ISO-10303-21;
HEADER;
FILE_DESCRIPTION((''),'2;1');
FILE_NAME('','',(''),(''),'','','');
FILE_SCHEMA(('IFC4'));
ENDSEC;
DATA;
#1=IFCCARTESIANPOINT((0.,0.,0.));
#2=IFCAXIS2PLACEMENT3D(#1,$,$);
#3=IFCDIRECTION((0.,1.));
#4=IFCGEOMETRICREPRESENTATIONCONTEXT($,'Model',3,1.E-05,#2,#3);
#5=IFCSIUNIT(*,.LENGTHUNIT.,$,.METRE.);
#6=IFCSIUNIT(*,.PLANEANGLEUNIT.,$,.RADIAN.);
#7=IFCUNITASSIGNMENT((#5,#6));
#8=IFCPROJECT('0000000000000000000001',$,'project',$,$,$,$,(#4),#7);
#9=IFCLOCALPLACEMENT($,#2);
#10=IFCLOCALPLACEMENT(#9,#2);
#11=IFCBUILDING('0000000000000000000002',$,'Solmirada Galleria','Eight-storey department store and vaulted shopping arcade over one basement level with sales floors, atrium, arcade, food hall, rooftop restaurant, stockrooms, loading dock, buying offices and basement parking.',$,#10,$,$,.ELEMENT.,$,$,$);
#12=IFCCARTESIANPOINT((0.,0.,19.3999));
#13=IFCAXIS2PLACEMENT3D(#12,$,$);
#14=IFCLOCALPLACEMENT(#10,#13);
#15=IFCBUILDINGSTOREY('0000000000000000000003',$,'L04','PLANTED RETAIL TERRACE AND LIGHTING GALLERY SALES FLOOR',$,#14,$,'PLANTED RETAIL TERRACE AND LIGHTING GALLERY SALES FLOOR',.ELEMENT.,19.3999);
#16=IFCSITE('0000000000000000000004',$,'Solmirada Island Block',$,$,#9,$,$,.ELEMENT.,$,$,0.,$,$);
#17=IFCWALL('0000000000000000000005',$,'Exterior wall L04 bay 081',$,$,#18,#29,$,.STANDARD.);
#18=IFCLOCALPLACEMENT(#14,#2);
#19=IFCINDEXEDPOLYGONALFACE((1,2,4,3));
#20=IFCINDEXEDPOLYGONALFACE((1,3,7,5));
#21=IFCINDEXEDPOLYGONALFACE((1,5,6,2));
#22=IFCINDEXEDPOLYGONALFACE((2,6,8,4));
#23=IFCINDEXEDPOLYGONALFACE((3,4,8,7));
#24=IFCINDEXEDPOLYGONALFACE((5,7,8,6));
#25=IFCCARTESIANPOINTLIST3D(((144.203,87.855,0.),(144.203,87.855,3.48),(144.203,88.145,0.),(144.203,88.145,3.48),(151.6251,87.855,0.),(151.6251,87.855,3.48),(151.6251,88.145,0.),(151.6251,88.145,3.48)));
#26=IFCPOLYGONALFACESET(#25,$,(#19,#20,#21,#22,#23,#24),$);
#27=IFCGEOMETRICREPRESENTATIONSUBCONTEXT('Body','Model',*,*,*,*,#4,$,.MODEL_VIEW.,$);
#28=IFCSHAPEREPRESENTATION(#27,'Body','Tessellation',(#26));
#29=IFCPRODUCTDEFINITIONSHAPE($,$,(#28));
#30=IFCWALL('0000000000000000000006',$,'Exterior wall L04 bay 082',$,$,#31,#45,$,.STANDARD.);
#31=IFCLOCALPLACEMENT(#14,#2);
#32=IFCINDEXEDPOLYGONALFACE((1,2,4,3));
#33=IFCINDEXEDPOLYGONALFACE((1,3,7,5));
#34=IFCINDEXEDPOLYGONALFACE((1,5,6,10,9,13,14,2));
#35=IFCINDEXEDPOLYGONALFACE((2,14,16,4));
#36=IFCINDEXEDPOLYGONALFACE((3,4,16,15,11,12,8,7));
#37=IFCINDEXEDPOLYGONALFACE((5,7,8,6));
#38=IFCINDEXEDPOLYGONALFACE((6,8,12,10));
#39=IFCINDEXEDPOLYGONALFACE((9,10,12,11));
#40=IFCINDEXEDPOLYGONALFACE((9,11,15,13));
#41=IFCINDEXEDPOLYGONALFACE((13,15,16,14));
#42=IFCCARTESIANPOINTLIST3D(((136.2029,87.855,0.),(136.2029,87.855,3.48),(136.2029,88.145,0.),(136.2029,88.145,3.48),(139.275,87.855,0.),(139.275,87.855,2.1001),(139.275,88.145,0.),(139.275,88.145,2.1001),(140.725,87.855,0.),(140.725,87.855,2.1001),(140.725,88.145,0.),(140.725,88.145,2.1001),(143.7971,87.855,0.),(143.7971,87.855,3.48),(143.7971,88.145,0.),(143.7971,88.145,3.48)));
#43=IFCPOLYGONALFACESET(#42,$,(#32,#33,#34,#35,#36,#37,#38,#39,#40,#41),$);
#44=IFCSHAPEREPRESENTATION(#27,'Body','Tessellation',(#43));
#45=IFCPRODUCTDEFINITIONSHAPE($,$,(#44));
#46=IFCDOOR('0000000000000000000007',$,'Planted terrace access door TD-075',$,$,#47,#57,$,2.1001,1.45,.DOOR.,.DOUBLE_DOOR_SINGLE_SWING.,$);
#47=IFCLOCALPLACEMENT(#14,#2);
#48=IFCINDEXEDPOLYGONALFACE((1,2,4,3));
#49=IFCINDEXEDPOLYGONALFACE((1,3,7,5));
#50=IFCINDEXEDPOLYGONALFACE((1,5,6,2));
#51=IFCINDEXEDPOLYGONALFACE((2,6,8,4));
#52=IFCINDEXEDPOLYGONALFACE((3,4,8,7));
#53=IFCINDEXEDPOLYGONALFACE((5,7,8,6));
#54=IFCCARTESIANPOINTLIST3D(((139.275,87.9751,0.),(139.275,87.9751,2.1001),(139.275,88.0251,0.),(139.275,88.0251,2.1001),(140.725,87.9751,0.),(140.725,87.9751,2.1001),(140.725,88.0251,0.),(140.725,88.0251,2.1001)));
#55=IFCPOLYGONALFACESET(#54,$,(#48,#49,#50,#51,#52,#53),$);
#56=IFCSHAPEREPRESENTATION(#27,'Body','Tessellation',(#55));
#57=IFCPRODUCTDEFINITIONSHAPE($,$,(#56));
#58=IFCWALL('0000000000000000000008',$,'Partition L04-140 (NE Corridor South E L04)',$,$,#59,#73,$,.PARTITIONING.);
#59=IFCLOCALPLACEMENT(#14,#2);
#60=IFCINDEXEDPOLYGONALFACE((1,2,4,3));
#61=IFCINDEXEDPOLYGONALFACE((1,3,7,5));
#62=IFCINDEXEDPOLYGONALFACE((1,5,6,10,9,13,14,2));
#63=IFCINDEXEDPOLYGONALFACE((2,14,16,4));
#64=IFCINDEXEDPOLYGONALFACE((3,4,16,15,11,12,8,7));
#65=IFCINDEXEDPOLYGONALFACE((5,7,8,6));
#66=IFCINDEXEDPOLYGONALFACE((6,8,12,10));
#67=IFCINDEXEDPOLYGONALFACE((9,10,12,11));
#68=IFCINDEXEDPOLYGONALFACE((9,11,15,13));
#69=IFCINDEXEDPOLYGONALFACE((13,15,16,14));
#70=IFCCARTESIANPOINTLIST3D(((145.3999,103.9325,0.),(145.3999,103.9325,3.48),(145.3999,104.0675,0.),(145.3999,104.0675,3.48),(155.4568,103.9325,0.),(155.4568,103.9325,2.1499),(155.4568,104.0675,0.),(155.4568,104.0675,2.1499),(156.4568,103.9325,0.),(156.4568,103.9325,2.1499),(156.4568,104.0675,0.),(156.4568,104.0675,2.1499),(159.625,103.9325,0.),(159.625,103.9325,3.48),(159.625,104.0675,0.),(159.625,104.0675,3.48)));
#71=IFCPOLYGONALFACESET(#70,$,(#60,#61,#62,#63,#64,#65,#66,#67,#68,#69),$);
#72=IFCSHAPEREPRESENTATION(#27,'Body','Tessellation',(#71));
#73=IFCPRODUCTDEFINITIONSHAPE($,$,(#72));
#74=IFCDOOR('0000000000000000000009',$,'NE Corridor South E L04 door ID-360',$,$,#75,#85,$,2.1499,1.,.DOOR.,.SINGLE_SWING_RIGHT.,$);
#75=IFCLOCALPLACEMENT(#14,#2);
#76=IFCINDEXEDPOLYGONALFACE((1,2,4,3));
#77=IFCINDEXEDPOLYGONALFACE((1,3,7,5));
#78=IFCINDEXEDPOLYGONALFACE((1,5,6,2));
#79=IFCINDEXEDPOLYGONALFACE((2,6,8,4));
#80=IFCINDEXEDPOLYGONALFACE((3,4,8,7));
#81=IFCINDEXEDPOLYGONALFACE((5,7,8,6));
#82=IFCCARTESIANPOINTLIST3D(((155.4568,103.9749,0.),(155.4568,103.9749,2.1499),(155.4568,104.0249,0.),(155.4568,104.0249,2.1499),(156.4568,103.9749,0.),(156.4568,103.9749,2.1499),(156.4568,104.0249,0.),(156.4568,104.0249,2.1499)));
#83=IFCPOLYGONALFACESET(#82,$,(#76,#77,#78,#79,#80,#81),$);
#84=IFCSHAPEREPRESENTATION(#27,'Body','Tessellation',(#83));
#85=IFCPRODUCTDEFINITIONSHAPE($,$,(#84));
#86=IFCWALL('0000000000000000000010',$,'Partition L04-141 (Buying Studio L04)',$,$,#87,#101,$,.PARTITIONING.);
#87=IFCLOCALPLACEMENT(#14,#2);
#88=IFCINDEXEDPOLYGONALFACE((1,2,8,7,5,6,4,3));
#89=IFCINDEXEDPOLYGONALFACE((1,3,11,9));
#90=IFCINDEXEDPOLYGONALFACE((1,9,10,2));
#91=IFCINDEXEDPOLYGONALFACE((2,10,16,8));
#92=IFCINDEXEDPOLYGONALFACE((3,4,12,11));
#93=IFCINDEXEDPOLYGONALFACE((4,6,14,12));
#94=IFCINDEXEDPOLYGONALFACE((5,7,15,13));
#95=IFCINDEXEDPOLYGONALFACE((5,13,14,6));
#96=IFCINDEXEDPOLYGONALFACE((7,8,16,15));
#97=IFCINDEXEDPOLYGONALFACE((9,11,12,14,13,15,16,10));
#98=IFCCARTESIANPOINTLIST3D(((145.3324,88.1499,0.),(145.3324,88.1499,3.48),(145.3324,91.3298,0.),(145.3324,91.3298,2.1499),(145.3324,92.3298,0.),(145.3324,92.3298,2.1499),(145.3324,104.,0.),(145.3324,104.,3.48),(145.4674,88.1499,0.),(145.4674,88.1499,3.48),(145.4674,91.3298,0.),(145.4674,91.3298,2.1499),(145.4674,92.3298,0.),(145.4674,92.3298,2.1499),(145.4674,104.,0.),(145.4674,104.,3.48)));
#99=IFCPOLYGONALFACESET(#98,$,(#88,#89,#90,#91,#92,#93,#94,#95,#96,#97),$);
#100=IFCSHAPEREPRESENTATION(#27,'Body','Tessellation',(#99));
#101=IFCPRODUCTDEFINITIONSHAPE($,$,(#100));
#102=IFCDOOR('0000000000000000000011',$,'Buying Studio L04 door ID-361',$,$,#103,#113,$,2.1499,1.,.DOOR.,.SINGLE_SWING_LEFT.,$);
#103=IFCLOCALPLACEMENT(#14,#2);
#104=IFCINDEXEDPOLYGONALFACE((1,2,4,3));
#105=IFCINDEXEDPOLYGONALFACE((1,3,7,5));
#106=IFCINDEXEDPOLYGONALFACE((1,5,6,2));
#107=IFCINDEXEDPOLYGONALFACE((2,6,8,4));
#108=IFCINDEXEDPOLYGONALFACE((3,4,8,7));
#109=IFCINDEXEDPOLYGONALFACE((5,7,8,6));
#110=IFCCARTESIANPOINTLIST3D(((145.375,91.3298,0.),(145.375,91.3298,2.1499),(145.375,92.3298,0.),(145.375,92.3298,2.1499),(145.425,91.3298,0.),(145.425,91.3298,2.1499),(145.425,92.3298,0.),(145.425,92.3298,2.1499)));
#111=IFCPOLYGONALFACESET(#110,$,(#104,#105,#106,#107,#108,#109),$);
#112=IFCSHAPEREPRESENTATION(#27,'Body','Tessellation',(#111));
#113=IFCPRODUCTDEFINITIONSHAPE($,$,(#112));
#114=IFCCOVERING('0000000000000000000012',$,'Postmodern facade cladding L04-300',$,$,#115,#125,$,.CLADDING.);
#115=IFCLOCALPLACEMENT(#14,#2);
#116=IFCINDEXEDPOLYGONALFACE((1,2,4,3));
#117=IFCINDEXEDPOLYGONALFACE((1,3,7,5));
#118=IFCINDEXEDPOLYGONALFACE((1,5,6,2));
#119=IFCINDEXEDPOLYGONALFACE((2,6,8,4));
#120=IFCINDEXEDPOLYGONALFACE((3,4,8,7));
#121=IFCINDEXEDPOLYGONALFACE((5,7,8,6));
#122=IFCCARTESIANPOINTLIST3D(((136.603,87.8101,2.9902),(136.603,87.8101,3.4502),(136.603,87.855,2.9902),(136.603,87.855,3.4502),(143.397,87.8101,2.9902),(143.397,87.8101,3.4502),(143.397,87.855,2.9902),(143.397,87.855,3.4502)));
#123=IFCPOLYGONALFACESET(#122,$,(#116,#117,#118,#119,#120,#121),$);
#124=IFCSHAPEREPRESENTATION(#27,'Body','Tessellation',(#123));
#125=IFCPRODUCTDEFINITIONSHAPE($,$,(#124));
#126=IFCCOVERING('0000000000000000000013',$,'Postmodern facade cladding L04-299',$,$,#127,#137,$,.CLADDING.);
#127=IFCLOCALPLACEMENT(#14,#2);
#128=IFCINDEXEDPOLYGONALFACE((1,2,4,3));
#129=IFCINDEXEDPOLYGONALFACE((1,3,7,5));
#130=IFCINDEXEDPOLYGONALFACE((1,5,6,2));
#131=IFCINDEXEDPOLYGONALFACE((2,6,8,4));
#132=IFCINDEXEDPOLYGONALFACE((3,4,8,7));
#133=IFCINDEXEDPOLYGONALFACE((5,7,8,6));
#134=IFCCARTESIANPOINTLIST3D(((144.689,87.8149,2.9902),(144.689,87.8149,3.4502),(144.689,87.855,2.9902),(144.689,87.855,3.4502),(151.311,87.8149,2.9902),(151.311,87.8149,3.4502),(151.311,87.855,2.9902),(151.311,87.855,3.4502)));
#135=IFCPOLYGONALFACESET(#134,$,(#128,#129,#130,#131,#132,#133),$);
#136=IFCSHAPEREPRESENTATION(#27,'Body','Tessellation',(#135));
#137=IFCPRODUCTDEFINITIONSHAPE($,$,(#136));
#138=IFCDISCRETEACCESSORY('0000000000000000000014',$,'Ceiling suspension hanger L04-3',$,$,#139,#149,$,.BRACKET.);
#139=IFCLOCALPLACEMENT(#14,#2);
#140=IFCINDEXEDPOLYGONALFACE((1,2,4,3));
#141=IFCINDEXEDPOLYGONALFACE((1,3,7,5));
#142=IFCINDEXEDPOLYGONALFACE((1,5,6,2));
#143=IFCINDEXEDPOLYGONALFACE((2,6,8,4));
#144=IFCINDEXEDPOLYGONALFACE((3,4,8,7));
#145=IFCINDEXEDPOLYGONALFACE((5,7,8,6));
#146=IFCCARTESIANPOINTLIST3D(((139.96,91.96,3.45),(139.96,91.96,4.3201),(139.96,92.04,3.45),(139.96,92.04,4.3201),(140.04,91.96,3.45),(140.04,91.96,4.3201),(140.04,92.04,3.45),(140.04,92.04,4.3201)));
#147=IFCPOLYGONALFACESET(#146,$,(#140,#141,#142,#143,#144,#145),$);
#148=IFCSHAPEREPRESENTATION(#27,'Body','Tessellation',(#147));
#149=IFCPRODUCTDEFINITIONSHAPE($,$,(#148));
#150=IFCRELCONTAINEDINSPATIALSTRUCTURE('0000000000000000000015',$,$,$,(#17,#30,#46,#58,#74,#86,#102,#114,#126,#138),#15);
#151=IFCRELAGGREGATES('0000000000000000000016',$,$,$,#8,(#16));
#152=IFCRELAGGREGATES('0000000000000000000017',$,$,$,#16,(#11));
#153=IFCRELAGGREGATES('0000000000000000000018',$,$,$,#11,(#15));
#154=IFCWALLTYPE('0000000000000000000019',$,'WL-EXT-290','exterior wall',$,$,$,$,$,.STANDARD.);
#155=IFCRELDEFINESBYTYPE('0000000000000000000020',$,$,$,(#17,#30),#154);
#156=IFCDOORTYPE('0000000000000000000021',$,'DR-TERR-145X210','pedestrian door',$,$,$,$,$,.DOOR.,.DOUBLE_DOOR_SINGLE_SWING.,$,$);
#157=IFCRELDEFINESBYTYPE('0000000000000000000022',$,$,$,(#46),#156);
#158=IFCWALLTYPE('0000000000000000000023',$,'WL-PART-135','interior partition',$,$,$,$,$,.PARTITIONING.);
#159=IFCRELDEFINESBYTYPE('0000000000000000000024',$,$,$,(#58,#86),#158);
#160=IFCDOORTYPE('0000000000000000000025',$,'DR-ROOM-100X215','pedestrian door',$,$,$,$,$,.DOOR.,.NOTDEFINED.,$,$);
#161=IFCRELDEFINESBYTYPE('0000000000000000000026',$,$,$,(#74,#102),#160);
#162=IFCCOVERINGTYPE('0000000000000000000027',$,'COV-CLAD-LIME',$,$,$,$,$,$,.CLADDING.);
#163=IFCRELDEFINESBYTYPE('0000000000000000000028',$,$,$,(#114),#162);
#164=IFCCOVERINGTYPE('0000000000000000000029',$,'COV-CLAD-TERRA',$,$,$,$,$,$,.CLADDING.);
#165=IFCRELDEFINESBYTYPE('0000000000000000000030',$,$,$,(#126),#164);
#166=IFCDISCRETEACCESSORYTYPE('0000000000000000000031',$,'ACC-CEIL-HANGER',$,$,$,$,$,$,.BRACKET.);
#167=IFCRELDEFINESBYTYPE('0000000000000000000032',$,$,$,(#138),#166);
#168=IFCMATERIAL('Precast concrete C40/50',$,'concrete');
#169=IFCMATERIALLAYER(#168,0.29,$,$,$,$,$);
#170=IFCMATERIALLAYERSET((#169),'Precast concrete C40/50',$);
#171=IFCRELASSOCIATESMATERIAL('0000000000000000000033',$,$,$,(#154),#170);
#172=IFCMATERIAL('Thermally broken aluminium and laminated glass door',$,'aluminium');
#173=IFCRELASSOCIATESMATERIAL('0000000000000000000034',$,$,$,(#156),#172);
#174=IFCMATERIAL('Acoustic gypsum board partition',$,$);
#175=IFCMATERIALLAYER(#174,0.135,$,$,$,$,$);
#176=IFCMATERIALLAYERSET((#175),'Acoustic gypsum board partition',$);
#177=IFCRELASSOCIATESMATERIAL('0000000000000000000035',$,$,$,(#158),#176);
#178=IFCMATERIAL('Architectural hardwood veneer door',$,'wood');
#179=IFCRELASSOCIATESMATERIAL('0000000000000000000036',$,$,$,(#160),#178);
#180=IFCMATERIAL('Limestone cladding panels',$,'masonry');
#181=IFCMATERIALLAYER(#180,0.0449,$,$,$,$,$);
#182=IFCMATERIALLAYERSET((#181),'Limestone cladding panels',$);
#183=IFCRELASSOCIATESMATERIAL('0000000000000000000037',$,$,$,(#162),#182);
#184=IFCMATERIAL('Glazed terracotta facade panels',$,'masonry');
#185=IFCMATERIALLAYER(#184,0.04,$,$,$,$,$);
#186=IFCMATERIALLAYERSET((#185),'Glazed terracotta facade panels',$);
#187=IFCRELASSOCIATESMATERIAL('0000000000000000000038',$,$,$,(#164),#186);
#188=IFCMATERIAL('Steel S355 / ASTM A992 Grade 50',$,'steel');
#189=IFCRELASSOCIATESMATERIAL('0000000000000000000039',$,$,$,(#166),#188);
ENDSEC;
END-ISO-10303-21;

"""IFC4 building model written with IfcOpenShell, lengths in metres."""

from ifc_helpers import new_model, si_unit, direction, frame, frame_2d, origin, origin_2d, place, context, subcontext, project, spatial, rectangle, extrude, material, layer, layer_set, type_object, element, fill, save


model = new_model("IFC4")

# Units and contexts
model_context = context("Model", 3, precision=1e-05, world=origin(), true_north=direction((0.0, 1.0)))
body_context = subcontext(model_context, "Body", "Model", "MODEL_VIEW")
ifc_project = project(units=[si_unit("LENGTHUNIT", "METRE"), si_unit("PLANEANGLEUNIT", "RADIAN")], contexts=[model_context])

# Site, building, storey
site_placement = place(None, origin())
site = spatial("IfcSite", under=ifc_project, at=site_placement, Name="Solmirada Island Block", CompositionType="ELEMENT", RefElevation=0.0)
building_placement = place(site_placement, origin())
building = spatial("IfcBuilding", under=site, at=building_placement, Name="Solmirada Galleria", Description="Eight-storey department store and vaulted shopping arcade over one basement level with sales floors, atrium, arcade, food hall, rooftop restaurant, stockrooms, loading dock, buying offices and basement parking.", CompositionType="ELEMENT")
storey_placement = place(building_placement, frame((0.0, 0.0, 19.3999)))
storey = spatial("IfcBuildingStorey", under=building, at=storey_placement, Name="L04", Description="PLANTED RETAIL TERRACE AND LIGHTING GALLERY SALES FLOOR", LongName="PLANTED RETAIL TERRACE AND LIGHTING GALLERY SALES FLOOR", CompositionType="ELEMENT", Elevation=19.3999)

# Shared definitions
ifc_material_1 = material(Name="Steel S355 / ASTM A992 Grade 50", Category="steel")

# Wall
ifc_material_2 = material(Name="Precast concrete C40/50", Category="concrete")
ifc_layer_1 = layer(ifc_material_2, 0.29)
ifc_layer_set_1 = layer_set([ifc_layer_1], Name="Precast concrete C40/50")
wall_type_1 = type_object("IfcWallType", Name="WL-EXT-290", Description="exterior wall", PredefinedType="STANDARD", material=ifc_layer_set_1)
wall_1_placement = place(storey_placement, frame((151.625, 88.0, 0.0), z_axis=(0.0, 0.0, 1.0), x_axis=(-1.0, 0.0, 0.0)))
element("IfcWall", 1, at=wall_1_placement, inside=storey, type_object=wall_type_1, Name="Exterior wall L04 bay 081", PredefinedType="STANDARD", context=body_context, shape_type="SweptSolid", body=[
    extrude(rectangle(XDim=7.4221, YDim=0.29, at=frame_2d((3.7109, 0.0))), origin(), (0.0, 0.0, 1.0), 3.48),
])

# Walls, openings, doors
wall_2_placement = place(storey_placement, frame((143.7971, 88.0, 0.0), z_axis=(0.0, 0.0, 1.0), x_axis=(-1.0, 0.0, 0.0)))
wall_2 = element("IfcWall", 2, at=wall_2_placement, inside=storey, type_object=wall_type_1, Name="Exterior wall L04 bay 082", PredefinedType="STANDARD", context=body_context, shape_type="SweptSolid", body=[
    extrude(rectangle(XDim=7.5942, YDim=0.29, at=frame_2d((3.7971, 0.0))), origin(), (0.0, 0.0, 1.0), 3.48),
])
opening_1_placement = place(wall_2_placement, frame((3.072, 0.0, 0.0)))
opening_1 = element("IfcOpeningElement", 3, at=opening_1_placement, cuts=wall_2, PredefinedType="OPENING", context=body_context, shape_type="SweptSolid", body=[
    extrude(rectangle(XDim=1.45, YDim=2.1001, at=frame_2d((0.7251, 1.05))), frame((0.0, 0.155, 0.0), z_axis=(0.0, -1.0, 0.0), x_axis=(1.0, 0.0, 0.0)), (0.0, 0.0, 1.0), 0.3101),
])
ifc_material_3 = material(Name="Thermally broken aluminium and laminated glass door", Category="aluminium")
door_type_1 = type_object("IfcDoorType", Name="DR-TERR-145X210", Description="pedestrian door", OperationType="DOUBLE_DOOR_SINGLE_SWING", PredefinedType="DOOR", material=ifc_material_3)
door_1_placement = place(opening_1_placement, origin())
door_1 = element("IfcDoor", 4, at=door_1_placement, inside=storey, type_object=door_type_1, Name="Planted terrace access door TD-075", OperationType="DOUBLE_DOOR_SINGLE_SWING", OverallHeight=2.1001, OverallWidth=1.45, PredefinedType="DOOR", context=body_context, shape_type="SweptSolid", body=[
    extrude(rectangle(XDim=1.45, YDim=2.1001, at=frame_2d((0.7251, 1.05))), frame((0.0, 0.0249, 0.0), z_axis=(0.0, -1.0, 0.0), x_axis=(1.0, 0.0, 0.0)), (0.0, 0.0, 1.0), 0.05),
])
fill(opening_1, door_1)
ifc_material_4 = material(Name="Acoustic gypsum board partition")
ifc_layer_2 = layer(ifc_material_4, 0.135)
ifc_layer_set_2 = layer_set([ifc_layer_2], Name="Acoustic gypsum board partition")
wall_type_2 = type_object("IfcWallType", Name="WL-PART-135", Description="interior partition", PredefinedType="PARTITIONING", material=ifc_layer_set_2)
wall_3_placement = place(storey_placement, frame((145.3999, 104.0, 0.0), z_axis=(0.0, 0.0, 1.0), x_axis=(1.0, 0.0, 0.0)))
wall_3 = element("IfcWall", 5, at=wall_3_placement, inside=storey, type_object=wall_type_2, Name="Partition L04-140 (NE Corridor South E L04)", PredefinedType="PARTITIONING", context=body_context, shape_type="SweptSolid", body=[
    extrude(rectangle(XDim=14.2251, YDim=0.135, at=frame_2d((7.1125, 0.0))), origin(), (0.0, 0.0, 1.0), 3.48),
])
opening_2_placement = place(wall_3_placement, frame((10.0569, 0.0, 0.0)))
opening_2 = element("IfcOpeningElement", 6, at=opening_2_placement, cuts=wall_3, PredefinedType="OPENING", context=body_context, shape_type="SweptSolid", body=[
    extrude(rectangle(XDim=1.0, YDim=2.1499, at=frame_2d((0.5, 1.075))), frame((0.0, 0.0774, 0.0), z_axis=(0.0, -1.0, 0.0), x_axis=(1.0, 0.0, 0.0)), (0.0, 0.0, 1.0), 0.155),
])
ifc_material_5 = material(Name="Architectural hardwood veneer door", Category="wood")
door_type_2 = type_object("IfcDoorType", Name="DR-ROOM-100X215", Description="pedestrian door", OperationType="NOTDEFINED", PredefinedType="DOOR", material=ifc_material_5)
door_2_placement = place(opening_2_placement, origin())
door_2 = element("IfcDoor", 7, at=door_2_placement, inside=storey, type_object=door_type_2, Name="NE Corridor South E L04 door ID-360", OperationType="SINGLE_SWING_RIGHT", OverallHeight=2.1499, OverallWidth=1.0, PredefinedType="DOOR", context=body_context, shape_type="SweptSolid", body=[
    extrude(rectangle(XDim=1.0, YDim=2.1499, at=frame_2d((0.5, 1.075))), frame((0.0, 0.0249, 0.0), z_axis=(0.0, -1.0, 0.0), x_axis=(1.0, 0.0, 0.0)), (0.0, 0.0, 1.0), 0.05),
])
fill(opening_2, door_2)
wall_4_placement = place(storey_placement, frame((145.3999, 88.1499, 0.0), z_axis=(0.0, 0.0, 1.0), x_axis=(0.0, 1.0, 0.0)))
wall_4 = element("IfcWall", 8, at=wall_4_placement, inside=storey, type_object=wall_type_2, Name="Partition L04-141 (Buying Studio L04)", PredefinedType="PARTITIONING", context=body_context, shape_type="SweptSolid", body=[
    extrude(rectangle(XDim=15.8501, YDim=0.135, at=frame_2d((7.925, 0.0))), origin(), (0.0, 0.0, 1.0), 3.48),
])
opening_3_placement = place(wall_4_placement, frame((3.1799, 0.0, 0.0)))
opening_3 = element("IfcOpeningElement", 9, at=opening_3_placement, cuts=wall_4, PredefinedType="OPENING", context=body_context, shape_type="SweptSolid", body=[
    extrude(rectangle(XDim=1.0, YDim=2.1499, at=frame_2d((0.5, 1.075))), frame((0.0, 0.0774, 0.0), z_axis=(0.0, -1.0, 0.0), x_axis=(1.0, 0.0, 0.0)), (0.0, 0.0, 1.0), 0.155),
])
door_3_placement = place(opening_3_placement, origin())
door_3 = element("IfcDoor", 10, at=door_3_placement, inside=storey, type_object=door_type_2, Name="Buying Studio L04 door ID-361", OperationType="SINGLE_SWING_LEFT", OverallHeight=2.1499, OverallWidth=1.0, PredefinedType="DOOR", context=body_context, shape_type="SweptSolid", body=[
    extrude(rectangle(XDim=1.0, YDim=2.1499, at=frame_2d((0.5, 1.075))), frame((0.0, 0.0249, 0.0), z_axis=(0.0, -1.0, 0.0), x_axis=(1.0, 0.0, 0.0)), (0.0, 0.0, 1.0), 0.05),
])
fill(opening_3, door_3)

# Coverings
ifc_material_6 = material(Name="Limestone cladding panels", Category="masonry")
ifc_layer_3 = layer(ifc_material_6, 0.0449)
ifc_layer_set_3 = layer_set([ifc_layer_3], Name="Limestone cladding panels")
covering_type_1 = type_object("IfcCoveringType", Name="COV-CLAD-LIME", PredefinedType="CLADDING", material=ifc_layer_set_3)
covering_1_placement = place(storey_placement, frame((140.0, 87.8325, 2.9902), z_axis=(0.0, 0.0, 1.0), x_axis=(-1.0, 0.0, 0.0)))
element("IfcCovering", 11, at=covering_1_placement, inside=storey, type_object=covering_type_1, Name="Postmodern facade cladding L04-300", PredefinedType="CLADDING", context=body_context, shape_type="SweptSolid", body=[
    extrude(rectangle(XDim=6.7939, YDim=0.0449, at=origin_2d()), origin(), (0.0, 0.0, 1.0), 0.46),
])
ifc_material_7 = material(Name="Glazed terracotta facade panels", Category="masonry")
ifc_layer_4 = layer(ifc_material_7, 0.04)
ifc_layer_set_4 = layer_set([ifc_layer_4], Name="Glazed terracotta facade panels")
covering_type_2 = type_object("IfcCoveringType", Name="COV-CLAD-TERRA", PredefinedType="CLADDING", material=ifc_layer_set_4)
covering_2_placement = place(storey_placement, frame((148.0, 87.835, 2.9902), z_axis=(0.0, 0.0, 1.0), x_axis=(-1.0, 0.0, 0.0)))
element("IfcCovering", 12, at=covering_2_placement, inside=storey, type_object=covering_type_2, Name="Postmodern facade cladding L04-299", PredefinedType="CLADDING", context=body_context, shape_type="SweptSolid", body=[
    extrude(rectangle(XDim=6.6221, YDim=0.04, at=origin_2d()), origin(), (0.0, 0.0, 1.0), 0.46),
])

# Discrete accessory
discrete_accessory_type = type_object("IfcDiscreteAccessoryType", Name="ACC-CEIL-HANGER", PredefinedType="BRACKET", material=ifc_material_1)
discrete_accessory_placement = place(storey_placement, frame((140.0, 92.0, 3.45), z_axis=(0.0, 0.0, 1.0), x_axis=(1.0, 0.0, 0.0)))
element("IfcDiscreteAccessory", 13, at=discrete_accessory_placement, inside=storey, type_object=discrete_accessory_type, Name="Ceiling suspension hanger L04-3", PredefinedType="BRACKET", context=body_context, shape_type="SweptSolid", body=[
    extrude(rectangle(XDim=0.0801, YDim=0.0801, at=origin_2d()), origin(), (0.0, 0.0, 1.0), 0.8701),
])

save(model, "model.ifc")
